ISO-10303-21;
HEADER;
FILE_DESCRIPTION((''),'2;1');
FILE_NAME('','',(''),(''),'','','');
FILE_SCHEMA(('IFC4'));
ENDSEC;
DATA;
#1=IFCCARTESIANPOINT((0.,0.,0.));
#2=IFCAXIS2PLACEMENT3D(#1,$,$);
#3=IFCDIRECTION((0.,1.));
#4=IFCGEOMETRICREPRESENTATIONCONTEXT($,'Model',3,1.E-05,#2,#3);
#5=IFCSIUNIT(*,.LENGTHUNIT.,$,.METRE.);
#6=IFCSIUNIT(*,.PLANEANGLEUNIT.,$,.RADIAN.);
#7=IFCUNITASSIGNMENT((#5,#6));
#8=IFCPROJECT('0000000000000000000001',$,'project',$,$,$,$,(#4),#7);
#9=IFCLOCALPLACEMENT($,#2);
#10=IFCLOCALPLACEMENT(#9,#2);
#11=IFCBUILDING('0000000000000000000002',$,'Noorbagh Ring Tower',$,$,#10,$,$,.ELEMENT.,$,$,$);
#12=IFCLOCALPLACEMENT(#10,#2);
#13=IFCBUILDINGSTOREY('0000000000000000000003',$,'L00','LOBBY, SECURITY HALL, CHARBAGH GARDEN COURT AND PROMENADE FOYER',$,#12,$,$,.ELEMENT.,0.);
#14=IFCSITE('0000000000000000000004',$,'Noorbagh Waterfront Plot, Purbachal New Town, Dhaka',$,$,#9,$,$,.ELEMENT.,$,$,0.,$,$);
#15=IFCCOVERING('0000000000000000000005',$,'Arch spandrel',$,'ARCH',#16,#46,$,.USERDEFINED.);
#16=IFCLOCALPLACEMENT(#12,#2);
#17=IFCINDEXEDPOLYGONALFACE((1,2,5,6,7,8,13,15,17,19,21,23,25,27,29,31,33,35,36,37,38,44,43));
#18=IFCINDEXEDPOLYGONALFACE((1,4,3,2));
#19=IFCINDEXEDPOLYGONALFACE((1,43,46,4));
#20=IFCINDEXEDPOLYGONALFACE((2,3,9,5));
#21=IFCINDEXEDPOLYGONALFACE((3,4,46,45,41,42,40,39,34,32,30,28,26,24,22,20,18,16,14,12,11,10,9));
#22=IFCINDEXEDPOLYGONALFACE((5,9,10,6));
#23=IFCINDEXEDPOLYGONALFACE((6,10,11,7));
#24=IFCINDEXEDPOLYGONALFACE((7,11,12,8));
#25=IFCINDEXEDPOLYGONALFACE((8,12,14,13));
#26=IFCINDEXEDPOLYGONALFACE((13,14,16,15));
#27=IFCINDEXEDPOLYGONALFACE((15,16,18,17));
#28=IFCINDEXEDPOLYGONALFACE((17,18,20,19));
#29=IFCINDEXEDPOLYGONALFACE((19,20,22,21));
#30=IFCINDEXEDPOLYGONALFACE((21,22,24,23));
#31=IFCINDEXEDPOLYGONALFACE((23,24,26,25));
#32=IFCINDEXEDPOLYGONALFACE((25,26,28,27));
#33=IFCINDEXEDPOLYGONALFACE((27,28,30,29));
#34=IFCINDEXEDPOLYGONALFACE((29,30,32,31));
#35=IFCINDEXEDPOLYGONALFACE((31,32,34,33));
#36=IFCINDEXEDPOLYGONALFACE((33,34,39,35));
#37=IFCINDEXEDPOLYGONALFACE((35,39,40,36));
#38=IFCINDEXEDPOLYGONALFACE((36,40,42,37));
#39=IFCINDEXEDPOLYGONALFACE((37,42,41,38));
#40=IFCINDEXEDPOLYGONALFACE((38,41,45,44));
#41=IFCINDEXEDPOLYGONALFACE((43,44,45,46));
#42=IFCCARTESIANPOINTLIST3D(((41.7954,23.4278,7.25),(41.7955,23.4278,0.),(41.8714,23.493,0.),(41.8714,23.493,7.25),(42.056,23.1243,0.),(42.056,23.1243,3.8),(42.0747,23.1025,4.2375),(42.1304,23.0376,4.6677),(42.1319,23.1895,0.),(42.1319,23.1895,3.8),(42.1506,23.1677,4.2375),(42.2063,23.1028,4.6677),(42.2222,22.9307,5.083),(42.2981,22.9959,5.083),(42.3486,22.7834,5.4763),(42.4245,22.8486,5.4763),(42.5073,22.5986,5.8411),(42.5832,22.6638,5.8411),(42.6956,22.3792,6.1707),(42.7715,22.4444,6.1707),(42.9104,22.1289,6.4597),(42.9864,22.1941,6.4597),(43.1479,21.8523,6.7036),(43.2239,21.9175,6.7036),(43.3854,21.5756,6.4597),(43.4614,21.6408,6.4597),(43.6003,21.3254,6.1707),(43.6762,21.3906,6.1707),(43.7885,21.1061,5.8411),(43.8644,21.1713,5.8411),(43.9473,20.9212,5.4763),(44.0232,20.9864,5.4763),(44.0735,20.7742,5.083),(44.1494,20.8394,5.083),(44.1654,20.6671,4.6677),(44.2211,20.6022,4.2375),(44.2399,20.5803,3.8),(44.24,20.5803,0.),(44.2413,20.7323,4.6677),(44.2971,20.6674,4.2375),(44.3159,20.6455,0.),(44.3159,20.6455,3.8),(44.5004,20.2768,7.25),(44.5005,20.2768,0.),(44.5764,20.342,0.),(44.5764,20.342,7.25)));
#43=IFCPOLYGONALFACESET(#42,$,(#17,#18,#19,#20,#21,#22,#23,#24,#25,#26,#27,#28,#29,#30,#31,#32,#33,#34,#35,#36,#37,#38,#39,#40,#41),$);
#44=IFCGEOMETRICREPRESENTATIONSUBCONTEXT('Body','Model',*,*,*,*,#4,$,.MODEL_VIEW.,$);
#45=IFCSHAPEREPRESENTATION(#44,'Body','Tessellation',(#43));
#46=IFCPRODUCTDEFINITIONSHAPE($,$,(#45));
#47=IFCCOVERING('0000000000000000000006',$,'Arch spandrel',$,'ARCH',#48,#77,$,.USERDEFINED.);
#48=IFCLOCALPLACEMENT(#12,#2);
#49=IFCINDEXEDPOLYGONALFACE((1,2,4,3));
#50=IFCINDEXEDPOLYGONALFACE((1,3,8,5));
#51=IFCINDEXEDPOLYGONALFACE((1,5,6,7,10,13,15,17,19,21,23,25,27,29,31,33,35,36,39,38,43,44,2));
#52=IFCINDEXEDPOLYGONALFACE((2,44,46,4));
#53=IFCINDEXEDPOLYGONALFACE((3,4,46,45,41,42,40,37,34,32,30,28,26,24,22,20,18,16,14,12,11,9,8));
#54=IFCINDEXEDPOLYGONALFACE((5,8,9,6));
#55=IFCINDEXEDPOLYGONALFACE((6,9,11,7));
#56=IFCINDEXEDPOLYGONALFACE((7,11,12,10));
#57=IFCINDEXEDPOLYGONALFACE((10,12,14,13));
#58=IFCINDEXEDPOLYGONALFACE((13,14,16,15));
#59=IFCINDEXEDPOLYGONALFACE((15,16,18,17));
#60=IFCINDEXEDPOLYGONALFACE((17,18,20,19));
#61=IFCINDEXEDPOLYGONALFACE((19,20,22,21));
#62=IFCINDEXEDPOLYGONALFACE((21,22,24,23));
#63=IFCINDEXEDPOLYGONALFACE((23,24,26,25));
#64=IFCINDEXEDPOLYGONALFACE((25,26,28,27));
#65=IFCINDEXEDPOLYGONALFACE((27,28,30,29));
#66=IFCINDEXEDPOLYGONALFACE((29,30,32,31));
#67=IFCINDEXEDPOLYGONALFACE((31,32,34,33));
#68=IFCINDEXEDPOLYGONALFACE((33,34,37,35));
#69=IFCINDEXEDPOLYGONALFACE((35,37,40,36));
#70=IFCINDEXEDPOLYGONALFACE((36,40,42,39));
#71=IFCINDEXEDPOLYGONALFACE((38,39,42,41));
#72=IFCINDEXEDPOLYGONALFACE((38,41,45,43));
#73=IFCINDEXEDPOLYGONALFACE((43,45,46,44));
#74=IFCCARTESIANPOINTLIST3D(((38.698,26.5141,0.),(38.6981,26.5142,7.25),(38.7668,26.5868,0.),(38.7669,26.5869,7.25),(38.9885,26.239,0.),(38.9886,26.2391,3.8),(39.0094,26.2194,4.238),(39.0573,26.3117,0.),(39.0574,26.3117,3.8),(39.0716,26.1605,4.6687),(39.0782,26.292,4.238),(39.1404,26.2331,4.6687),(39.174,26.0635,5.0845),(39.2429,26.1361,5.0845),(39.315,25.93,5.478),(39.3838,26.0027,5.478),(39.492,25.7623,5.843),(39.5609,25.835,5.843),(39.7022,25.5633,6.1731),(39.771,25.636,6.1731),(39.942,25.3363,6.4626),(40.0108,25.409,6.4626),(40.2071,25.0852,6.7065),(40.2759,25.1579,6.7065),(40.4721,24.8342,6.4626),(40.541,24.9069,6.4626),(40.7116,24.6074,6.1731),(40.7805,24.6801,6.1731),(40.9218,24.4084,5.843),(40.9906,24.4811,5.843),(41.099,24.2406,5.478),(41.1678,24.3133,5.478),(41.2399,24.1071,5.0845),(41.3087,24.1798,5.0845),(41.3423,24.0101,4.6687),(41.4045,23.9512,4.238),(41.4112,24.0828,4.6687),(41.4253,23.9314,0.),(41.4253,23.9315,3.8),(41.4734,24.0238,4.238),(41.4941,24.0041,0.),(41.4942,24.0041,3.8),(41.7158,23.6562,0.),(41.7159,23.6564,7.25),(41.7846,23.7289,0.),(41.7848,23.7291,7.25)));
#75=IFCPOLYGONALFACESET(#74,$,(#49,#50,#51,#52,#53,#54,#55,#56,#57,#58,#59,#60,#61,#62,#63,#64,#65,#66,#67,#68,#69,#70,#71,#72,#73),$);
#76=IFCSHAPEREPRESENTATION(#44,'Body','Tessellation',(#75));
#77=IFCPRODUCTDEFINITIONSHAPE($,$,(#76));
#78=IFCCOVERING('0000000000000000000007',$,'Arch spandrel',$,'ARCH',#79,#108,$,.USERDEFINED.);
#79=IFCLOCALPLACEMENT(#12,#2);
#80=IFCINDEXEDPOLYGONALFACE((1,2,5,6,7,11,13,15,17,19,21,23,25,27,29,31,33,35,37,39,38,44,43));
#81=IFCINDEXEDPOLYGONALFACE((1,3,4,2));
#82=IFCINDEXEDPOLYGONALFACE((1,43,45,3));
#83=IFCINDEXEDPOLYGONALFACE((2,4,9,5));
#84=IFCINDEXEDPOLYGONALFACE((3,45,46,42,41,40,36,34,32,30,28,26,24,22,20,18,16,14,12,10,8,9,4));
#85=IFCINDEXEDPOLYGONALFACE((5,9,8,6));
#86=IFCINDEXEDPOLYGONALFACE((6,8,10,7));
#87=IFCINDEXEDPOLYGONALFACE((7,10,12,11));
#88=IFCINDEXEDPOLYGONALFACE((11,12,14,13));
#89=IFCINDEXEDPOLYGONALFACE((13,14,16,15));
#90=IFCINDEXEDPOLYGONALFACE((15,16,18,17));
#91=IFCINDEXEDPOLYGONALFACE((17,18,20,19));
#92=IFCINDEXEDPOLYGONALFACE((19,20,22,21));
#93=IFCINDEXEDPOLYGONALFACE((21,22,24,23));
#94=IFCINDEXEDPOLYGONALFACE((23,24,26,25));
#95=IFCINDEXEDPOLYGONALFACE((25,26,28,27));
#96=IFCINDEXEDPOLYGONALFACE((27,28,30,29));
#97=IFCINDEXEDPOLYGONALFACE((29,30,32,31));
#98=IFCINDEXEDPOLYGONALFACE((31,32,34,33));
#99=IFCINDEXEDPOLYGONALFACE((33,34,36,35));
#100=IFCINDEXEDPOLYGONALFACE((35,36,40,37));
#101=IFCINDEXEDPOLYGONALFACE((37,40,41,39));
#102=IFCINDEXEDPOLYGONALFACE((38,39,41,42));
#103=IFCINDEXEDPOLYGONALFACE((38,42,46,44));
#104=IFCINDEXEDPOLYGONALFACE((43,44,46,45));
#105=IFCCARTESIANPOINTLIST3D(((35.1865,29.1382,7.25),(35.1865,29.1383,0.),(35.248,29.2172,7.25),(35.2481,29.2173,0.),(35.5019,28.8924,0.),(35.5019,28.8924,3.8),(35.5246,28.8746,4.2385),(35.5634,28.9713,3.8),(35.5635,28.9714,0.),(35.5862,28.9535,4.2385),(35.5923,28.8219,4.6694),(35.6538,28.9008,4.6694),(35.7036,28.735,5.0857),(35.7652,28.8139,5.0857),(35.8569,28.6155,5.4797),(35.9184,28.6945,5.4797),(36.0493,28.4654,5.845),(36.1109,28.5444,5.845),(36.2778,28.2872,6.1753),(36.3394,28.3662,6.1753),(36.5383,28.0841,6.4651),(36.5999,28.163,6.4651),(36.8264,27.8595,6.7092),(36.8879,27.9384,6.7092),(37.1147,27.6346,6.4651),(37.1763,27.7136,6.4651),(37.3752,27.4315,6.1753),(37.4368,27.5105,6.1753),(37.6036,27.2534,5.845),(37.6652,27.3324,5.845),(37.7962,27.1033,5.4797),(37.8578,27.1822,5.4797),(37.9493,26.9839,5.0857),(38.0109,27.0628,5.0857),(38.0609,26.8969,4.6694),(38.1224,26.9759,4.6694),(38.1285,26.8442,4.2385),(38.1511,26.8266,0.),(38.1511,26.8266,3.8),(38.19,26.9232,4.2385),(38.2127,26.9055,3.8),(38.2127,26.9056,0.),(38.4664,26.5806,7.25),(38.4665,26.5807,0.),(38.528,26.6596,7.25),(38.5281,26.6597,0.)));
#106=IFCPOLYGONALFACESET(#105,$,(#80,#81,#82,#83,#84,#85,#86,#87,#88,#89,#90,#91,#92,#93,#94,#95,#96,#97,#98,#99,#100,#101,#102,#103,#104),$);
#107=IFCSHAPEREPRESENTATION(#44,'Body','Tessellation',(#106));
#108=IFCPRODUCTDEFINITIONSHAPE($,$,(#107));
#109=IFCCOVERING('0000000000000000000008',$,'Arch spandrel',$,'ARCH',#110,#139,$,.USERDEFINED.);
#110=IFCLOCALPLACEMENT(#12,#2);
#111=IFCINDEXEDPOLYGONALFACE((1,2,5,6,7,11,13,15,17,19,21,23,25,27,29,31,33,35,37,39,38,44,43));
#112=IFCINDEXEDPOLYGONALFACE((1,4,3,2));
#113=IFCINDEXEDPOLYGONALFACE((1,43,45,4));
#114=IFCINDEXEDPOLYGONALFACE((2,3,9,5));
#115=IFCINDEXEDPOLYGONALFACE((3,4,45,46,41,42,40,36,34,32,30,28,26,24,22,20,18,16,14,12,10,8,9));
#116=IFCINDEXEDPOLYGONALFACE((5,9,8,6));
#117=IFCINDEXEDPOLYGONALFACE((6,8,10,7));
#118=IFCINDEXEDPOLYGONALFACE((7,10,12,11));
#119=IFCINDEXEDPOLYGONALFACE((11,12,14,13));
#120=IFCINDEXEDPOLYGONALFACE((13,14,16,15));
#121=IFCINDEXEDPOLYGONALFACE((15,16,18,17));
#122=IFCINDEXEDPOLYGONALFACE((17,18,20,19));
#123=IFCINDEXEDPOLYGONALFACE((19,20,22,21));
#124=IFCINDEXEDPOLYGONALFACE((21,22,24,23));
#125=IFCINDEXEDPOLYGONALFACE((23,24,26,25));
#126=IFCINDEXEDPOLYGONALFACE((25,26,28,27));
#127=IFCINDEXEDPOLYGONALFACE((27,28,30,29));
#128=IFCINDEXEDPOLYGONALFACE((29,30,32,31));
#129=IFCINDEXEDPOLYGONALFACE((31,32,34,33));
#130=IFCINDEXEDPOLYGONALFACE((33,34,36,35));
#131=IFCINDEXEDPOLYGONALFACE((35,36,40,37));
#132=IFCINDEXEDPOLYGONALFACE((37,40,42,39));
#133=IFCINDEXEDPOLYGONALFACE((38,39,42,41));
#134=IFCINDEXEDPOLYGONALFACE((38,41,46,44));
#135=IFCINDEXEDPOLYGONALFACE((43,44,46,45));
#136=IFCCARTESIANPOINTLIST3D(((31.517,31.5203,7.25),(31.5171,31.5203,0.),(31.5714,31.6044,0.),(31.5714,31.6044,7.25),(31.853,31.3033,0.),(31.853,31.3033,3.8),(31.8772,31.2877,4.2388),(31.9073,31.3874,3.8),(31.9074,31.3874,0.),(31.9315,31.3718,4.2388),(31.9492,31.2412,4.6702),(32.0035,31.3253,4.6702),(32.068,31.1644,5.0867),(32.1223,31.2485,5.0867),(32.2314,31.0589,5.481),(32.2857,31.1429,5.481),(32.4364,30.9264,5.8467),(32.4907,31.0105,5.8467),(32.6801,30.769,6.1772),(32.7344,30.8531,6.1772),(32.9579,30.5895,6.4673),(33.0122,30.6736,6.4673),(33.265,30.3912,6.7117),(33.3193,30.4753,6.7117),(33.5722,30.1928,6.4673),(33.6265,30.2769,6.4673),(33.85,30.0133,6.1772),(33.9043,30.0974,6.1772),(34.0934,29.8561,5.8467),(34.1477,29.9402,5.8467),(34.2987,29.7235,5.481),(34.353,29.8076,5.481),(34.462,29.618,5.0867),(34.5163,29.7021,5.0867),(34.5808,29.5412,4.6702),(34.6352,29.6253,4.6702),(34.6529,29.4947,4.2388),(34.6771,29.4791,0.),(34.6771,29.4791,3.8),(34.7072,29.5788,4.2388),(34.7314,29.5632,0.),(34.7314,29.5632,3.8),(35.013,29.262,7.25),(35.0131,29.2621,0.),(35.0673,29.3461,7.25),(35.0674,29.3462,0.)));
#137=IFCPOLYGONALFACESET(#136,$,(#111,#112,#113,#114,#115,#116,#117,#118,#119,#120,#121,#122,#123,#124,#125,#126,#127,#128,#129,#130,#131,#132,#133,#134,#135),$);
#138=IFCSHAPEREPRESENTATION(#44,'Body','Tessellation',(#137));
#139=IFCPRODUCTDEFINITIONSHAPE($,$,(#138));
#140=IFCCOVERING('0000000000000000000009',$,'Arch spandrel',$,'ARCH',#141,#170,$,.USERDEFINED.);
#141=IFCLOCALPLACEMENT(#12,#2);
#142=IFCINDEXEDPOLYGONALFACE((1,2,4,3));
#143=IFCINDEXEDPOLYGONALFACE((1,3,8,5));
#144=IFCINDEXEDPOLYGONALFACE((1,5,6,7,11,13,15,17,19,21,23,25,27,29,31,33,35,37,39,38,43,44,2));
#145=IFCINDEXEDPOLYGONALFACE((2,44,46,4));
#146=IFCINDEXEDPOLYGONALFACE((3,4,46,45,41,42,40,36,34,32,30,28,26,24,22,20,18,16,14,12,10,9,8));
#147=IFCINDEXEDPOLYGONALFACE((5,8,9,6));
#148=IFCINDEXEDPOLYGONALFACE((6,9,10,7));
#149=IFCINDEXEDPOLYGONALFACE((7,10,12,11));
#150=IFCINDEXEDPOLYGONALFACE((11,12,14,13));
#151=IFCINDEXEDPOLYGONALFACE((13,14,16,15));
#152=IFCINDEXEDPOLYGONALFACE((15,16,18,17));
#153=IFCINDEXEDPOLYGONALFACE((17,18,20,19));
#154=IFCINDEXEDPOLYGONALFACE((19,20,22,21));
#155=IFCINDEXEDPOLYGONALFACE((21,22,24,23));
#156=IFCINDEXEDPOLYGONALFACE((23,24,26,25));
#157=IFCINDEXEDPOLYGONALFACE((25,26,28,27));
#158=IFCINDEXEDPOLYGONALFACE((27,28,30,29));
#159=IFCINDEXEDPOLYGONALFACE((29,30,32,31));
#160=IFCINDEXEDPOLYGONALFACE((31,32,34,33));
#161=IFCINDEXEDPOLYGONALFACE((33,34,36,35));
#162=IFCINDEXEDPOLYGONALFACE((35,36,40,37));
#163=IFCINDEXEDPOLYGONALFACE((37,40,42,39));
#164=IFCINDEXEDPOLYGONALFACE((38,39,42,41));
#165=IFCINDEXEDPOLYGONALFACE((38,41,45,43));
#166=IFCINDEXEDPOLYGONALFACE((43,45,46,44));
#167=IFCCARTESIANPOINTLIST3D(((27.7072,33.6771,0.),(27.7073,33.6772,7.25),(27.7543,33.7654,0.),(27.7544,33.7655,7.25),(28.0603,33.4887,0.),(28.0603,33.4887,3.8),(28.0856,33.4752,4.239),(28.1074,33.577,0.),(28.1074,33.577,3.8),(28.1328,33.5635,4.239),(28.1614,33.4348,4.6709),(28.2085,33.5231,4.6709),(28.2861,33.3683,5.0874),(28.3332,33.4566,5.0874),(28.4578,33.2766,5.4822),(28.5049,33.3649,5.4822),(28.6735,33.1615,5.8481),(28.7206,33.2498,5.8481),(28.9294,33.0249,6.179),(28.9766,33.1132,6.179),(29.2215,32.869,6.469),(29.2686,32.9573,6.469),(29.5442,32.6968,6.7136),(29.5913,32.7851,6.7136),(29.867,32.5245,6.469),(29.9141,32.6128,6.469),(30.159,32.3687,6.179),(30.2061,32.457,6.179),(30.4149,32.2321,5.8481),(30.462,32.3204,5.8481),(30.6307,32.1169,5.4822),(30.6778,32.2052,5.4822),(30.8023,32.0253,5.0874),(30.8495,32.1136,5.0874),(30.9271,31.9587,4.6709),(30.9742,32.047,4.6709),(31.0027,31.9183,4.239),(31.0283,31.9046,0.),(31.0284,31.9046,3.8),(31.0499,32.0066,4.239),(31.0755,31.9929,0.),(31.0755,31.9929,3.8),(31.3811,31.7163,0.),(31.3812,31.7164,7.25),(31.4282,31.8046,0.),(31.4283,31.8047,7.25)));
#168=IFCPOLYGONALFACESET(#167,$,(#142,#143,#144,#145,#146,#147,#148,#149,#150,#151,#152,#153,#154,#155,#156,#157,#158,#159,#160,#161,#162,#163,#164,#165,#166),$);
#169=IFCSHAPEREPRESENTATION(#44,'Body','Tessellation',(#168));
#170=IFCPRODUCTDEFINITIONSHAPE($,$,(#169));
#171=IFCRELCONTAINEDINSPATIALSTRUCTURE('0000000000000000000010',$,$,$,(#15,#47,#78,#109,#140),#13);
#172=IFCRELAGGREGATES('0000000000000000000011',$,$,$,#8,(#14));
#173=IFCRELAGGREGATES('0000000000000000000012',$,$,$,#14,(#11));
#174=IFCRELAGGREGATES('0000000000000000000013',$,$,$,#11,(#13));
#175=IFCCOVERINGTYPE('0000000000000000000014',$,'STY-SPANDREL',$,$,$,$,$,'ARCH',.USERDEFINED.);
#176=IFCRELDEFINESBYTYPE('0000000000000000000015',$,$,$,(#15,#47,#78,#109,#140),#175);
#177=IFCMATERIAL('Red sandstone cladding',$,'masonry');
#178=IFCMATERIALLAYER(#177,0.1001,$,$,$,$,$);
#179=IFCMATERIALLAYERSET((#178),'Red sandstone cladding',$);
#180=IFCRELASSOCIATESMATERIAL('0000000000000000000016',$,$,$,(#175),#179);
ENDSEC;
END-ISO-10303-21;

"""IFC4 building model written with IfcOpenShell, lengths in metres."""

from ifc_helpers import new_model, si_unit, direction, frame, origin, place, context, subcontext, project, spatial, polyline, outline, extrude, material, layer, layer_set, type_object, element, save


model = new_model("IFC4")

# Units and contexts
model_context = context("Model", 3, precision=1e-05, world=origin(), true_north=direction((0.0, 1.0)))
body_context = subcontext(model_context, "Body", "Model", "MODEL_VIEW")
ifc_project = project(units=[si_unit("LENGTHUNIT", "METRE"), si_unit("PLANEANGLEUNIT", "RADIAN")], contexts=[model_context])

# Site, building, storey
site_placement = place(None, origin())
site = spatial("IfcSite", under=ifc_project, at=site_placement, Name="Noorbagh Waterfront Plot, Purbachal New Town, Dhaka", CompositionType="ELEMENT", RefElevation=0.0)
building_placement = place(site_placement, origin())
building = spatial("IfcBuilding", under=site, at=building_placement, Name="Noorbagh Ring Tower", CompositionType="ELEMENT")
storey_placement = place(building_placement, origin())
storey = spatial("IfcBuildingStorey", under=building, at=storey_placement, Name="L00", Description="LOBBY, SECURITY HALL, CHARBAGH GARDEN COURT AND PROMENADE FOYER", CompositionType="ELEMENT", Elevation=0.0)

# Coverings
ifc_material_1 = material(Name="Red sandstone cladding", Category="masonry")
ifc_layer_1 = layer(ifc_material_1, 0.1001)
ifc_layer_set_1 = layer_set([ifc_layer_1], Name="Red sandstone cladding")
covering_type = type_object("IfcCoveringType", Name="STY-SPANDREL", ElementType="ARCH", PredefinedType="USERDEFINED", material=ifc_layer_set_1)
covering_1_placement = place(storey_placement, frame((44.5764, 20.342, 0.0), z_axis=(0.758756, 0.651374, 0.000006), x_axis=(-0.651374, 0.758756, 0.0)))
element("IfcCovering", 1, at=covering_1_placement, inside=storey, type_object=covering_type, Name="Arch spandrel", ObjectType="ARCH", PredefinedType="USERDEFINED", context=body_context, shape_type="SweptSolid", body=[
    extrude(outline(polyline([(0.0, 0.0), (0.3999, 0.0), (0.3999, 3.8), (0.4289, 4.2375), (0.5144, 4.6677), (0.6555, 5.083), (0.8492, 5.4763), (1.093, 5.8411), (1.382, 6.1707), (1.7118, 6.4597), (2.0764, 6.7036), (2.441, 6.4597), (2.7708, 6.1707), (3.06, 5.8411), (3.3036, 5.4763), (3.4976, 5.083), (3.6386, 4.6677), (3.7241, 4.2375), (3.7528, 3.8), (3.7528, 0.0), (4.1528, 0.0), (4.1528, 7.25), (0.0, 7.25), (0.0, 0.0)])), origin(), (0.0, 0.0, -1.0), 0.1001),
])
covering_2_placement = place(storey_placement, frame((41.7158, 23.6562, 0.0), z_axis=(-0.687598, -0.726092, 0.000024), x_axis=(-0.726092, 0.687598, 0.0)))
element("IfcCovering", 2, at=covering_2_placement, inside=storey, type_object=covering_type, Name="Arch spandrel", ObjectType="ARCH", PredefinedType="USERDEFINED", context=body_context, shape_type="SweptSolid", body=[
    extrude(outline(polyline([(0.0, 0.0), (0.4001, 0.0), (0.4001, -3.8), (0.4288, -4.238), (0.5145, -4.6687), (0.6556, -5.0845), (0.8497, -5.478), (1.0937, -5.843), (1.3831, -6.1731), (1.713, -6.4626), (2.0781, -6.7065), (2.4432, -6.4626), (2.7734, -6.1731), (3.0628, -5.843), (3.3066, -5.478), (3.5008, -5.0845), (3.6419, -4.6687), (3.7275, -4.238), (3.7562, -3.8), (3.7562, 0.0), (4.1563, 0.0), (4.1563, -7.25), (0.0, -7.25), (0.0, 0.0)])), origin(), (0.0, 0.0, -1.0), 0.1001),
])
covering_3_placement = place(storey_placement, frame((38.5281, 26.6597, 0.0), z_axis=(0.614914, 0.788594, 0.000018), x_axis=(-0.788594, 0.614914, 0.0)))
element("IfcCovering", 3, at=covering_3_placement, inside=storey, type_object=covering_type, Name="Arch spandrel", ObjectType="ARCH", PredefinedType="USERDEFINED", context=body_context, shape_type="SweptSolid", body=[
    extrude(outline(polyline([(0.0, 0.0), (0.3999, 0.0), (0.3999, 3.8), (0.4286, 4.2385), (0.5144, 4.6694), (0.6558, 5.0857), (0.8499, 5.4797), (1.0941, 5.845), (1.3837, 6.1753), (1.7141, 6.4651), (2.0797, 6.7092), (2.445, 6.4651), (2.7753, 6.1753), (3.0651, 5.845), (3.3092, 5.4797), (3.5035, 5.0857), (3.6447, 4.6694), (3.7305, 4.2385), (3.7594, 3.8), (3.7594, 0.0), (4.1593, 0.0), (4.1593, 7.25), (0.0, 7.25), (0.0, 0.0)])), origin(), (0.0, 0.0, -1.0), 0.1001),
])
covering_4_placement = place(storey_placement, frame((35.0674, 29.3462, 0.0), z_axis=(0.542594, 0.839995, 0.000011), x_axis=(-0.839995, 0.542594, 0.0)))
element("IfcCovering", 4, at=covering_4_placement, inside=storey, type_object=covering_type, Name="Arch spandrel", ObjectType="ARCH", PredefinedType="USERDEFINED", context=body_context, shape_type="SweptSolid", body=[
    extrude(outline(polyline([(0.0, 0.0), (0.4, 0.0), (0.4, 3.8), (0.4287, 4.2388), (0.5145, 4.6702), (0.656, 5.0867), (0.8504, 5.481), (1.0948, 5.8467), (1.3846, 6.1772), (1.7153, 6.4673), (2.081, 6.7117), (2.4466, 6.4673), (2.7773, 6.1772), (3.0674, 5.8467), (3.3115, 5.481), (3.506, 5.0867), (3.6475, 4.6702), (3.7332, 4.2388), (3.762, 3.8), (3.762, 0.0), (4.1619, 0.0), (4.1619, 7.25), (0.0, 7.25), (0.0, 0.0)])), origin(), (0.0, 0.0, -1.0), 0.1001),
])
covering_5_placement = place(storey_placement, frame((31.3811, 31.7163, 0.0), z_axis=(-0.470845, -0.882216, 0.000016), x_axis=(-0.882216, 0.470845, 0.0)))
element("IfcCovering", 5, at=covering_5_placement, inside=storey, type_object=covering_type, Name="Arch spandrel", ObjectType="ARCH", PredefinedType="USERDEFINED", context=body_context, shape_type="SweptSolid", body=[
    extrude(outline(polyline([(0.0, 0.0), (0.3999, 0.0), (0.3999, -3.8), (0.4289, -4.239), (0.5146, -4.6709), (0.6561, -5.0874), (0.8506, -5.4822), (1.0953, -5.8481), (1.3854, -6.179), (1.7163, -6.469), (2.0822, -6.7136), (2.448, -6.469), (2.779, -6.179), (3.0691, -5.8481), (3.3137, -5.4822), (3.5083, -5.0874), (3.6496, -4.6709), (3.7355, -4.239), (3.7642, -3.8), (3.7642, 0.0), (4.1644, 0.0), (4.1644, -7.25), (0.0, -7.25), (0.0, 0.0)])), origin(), (0.0, 0.0, -1.0), 0.1001),
])

save(model, "model.ifc")
